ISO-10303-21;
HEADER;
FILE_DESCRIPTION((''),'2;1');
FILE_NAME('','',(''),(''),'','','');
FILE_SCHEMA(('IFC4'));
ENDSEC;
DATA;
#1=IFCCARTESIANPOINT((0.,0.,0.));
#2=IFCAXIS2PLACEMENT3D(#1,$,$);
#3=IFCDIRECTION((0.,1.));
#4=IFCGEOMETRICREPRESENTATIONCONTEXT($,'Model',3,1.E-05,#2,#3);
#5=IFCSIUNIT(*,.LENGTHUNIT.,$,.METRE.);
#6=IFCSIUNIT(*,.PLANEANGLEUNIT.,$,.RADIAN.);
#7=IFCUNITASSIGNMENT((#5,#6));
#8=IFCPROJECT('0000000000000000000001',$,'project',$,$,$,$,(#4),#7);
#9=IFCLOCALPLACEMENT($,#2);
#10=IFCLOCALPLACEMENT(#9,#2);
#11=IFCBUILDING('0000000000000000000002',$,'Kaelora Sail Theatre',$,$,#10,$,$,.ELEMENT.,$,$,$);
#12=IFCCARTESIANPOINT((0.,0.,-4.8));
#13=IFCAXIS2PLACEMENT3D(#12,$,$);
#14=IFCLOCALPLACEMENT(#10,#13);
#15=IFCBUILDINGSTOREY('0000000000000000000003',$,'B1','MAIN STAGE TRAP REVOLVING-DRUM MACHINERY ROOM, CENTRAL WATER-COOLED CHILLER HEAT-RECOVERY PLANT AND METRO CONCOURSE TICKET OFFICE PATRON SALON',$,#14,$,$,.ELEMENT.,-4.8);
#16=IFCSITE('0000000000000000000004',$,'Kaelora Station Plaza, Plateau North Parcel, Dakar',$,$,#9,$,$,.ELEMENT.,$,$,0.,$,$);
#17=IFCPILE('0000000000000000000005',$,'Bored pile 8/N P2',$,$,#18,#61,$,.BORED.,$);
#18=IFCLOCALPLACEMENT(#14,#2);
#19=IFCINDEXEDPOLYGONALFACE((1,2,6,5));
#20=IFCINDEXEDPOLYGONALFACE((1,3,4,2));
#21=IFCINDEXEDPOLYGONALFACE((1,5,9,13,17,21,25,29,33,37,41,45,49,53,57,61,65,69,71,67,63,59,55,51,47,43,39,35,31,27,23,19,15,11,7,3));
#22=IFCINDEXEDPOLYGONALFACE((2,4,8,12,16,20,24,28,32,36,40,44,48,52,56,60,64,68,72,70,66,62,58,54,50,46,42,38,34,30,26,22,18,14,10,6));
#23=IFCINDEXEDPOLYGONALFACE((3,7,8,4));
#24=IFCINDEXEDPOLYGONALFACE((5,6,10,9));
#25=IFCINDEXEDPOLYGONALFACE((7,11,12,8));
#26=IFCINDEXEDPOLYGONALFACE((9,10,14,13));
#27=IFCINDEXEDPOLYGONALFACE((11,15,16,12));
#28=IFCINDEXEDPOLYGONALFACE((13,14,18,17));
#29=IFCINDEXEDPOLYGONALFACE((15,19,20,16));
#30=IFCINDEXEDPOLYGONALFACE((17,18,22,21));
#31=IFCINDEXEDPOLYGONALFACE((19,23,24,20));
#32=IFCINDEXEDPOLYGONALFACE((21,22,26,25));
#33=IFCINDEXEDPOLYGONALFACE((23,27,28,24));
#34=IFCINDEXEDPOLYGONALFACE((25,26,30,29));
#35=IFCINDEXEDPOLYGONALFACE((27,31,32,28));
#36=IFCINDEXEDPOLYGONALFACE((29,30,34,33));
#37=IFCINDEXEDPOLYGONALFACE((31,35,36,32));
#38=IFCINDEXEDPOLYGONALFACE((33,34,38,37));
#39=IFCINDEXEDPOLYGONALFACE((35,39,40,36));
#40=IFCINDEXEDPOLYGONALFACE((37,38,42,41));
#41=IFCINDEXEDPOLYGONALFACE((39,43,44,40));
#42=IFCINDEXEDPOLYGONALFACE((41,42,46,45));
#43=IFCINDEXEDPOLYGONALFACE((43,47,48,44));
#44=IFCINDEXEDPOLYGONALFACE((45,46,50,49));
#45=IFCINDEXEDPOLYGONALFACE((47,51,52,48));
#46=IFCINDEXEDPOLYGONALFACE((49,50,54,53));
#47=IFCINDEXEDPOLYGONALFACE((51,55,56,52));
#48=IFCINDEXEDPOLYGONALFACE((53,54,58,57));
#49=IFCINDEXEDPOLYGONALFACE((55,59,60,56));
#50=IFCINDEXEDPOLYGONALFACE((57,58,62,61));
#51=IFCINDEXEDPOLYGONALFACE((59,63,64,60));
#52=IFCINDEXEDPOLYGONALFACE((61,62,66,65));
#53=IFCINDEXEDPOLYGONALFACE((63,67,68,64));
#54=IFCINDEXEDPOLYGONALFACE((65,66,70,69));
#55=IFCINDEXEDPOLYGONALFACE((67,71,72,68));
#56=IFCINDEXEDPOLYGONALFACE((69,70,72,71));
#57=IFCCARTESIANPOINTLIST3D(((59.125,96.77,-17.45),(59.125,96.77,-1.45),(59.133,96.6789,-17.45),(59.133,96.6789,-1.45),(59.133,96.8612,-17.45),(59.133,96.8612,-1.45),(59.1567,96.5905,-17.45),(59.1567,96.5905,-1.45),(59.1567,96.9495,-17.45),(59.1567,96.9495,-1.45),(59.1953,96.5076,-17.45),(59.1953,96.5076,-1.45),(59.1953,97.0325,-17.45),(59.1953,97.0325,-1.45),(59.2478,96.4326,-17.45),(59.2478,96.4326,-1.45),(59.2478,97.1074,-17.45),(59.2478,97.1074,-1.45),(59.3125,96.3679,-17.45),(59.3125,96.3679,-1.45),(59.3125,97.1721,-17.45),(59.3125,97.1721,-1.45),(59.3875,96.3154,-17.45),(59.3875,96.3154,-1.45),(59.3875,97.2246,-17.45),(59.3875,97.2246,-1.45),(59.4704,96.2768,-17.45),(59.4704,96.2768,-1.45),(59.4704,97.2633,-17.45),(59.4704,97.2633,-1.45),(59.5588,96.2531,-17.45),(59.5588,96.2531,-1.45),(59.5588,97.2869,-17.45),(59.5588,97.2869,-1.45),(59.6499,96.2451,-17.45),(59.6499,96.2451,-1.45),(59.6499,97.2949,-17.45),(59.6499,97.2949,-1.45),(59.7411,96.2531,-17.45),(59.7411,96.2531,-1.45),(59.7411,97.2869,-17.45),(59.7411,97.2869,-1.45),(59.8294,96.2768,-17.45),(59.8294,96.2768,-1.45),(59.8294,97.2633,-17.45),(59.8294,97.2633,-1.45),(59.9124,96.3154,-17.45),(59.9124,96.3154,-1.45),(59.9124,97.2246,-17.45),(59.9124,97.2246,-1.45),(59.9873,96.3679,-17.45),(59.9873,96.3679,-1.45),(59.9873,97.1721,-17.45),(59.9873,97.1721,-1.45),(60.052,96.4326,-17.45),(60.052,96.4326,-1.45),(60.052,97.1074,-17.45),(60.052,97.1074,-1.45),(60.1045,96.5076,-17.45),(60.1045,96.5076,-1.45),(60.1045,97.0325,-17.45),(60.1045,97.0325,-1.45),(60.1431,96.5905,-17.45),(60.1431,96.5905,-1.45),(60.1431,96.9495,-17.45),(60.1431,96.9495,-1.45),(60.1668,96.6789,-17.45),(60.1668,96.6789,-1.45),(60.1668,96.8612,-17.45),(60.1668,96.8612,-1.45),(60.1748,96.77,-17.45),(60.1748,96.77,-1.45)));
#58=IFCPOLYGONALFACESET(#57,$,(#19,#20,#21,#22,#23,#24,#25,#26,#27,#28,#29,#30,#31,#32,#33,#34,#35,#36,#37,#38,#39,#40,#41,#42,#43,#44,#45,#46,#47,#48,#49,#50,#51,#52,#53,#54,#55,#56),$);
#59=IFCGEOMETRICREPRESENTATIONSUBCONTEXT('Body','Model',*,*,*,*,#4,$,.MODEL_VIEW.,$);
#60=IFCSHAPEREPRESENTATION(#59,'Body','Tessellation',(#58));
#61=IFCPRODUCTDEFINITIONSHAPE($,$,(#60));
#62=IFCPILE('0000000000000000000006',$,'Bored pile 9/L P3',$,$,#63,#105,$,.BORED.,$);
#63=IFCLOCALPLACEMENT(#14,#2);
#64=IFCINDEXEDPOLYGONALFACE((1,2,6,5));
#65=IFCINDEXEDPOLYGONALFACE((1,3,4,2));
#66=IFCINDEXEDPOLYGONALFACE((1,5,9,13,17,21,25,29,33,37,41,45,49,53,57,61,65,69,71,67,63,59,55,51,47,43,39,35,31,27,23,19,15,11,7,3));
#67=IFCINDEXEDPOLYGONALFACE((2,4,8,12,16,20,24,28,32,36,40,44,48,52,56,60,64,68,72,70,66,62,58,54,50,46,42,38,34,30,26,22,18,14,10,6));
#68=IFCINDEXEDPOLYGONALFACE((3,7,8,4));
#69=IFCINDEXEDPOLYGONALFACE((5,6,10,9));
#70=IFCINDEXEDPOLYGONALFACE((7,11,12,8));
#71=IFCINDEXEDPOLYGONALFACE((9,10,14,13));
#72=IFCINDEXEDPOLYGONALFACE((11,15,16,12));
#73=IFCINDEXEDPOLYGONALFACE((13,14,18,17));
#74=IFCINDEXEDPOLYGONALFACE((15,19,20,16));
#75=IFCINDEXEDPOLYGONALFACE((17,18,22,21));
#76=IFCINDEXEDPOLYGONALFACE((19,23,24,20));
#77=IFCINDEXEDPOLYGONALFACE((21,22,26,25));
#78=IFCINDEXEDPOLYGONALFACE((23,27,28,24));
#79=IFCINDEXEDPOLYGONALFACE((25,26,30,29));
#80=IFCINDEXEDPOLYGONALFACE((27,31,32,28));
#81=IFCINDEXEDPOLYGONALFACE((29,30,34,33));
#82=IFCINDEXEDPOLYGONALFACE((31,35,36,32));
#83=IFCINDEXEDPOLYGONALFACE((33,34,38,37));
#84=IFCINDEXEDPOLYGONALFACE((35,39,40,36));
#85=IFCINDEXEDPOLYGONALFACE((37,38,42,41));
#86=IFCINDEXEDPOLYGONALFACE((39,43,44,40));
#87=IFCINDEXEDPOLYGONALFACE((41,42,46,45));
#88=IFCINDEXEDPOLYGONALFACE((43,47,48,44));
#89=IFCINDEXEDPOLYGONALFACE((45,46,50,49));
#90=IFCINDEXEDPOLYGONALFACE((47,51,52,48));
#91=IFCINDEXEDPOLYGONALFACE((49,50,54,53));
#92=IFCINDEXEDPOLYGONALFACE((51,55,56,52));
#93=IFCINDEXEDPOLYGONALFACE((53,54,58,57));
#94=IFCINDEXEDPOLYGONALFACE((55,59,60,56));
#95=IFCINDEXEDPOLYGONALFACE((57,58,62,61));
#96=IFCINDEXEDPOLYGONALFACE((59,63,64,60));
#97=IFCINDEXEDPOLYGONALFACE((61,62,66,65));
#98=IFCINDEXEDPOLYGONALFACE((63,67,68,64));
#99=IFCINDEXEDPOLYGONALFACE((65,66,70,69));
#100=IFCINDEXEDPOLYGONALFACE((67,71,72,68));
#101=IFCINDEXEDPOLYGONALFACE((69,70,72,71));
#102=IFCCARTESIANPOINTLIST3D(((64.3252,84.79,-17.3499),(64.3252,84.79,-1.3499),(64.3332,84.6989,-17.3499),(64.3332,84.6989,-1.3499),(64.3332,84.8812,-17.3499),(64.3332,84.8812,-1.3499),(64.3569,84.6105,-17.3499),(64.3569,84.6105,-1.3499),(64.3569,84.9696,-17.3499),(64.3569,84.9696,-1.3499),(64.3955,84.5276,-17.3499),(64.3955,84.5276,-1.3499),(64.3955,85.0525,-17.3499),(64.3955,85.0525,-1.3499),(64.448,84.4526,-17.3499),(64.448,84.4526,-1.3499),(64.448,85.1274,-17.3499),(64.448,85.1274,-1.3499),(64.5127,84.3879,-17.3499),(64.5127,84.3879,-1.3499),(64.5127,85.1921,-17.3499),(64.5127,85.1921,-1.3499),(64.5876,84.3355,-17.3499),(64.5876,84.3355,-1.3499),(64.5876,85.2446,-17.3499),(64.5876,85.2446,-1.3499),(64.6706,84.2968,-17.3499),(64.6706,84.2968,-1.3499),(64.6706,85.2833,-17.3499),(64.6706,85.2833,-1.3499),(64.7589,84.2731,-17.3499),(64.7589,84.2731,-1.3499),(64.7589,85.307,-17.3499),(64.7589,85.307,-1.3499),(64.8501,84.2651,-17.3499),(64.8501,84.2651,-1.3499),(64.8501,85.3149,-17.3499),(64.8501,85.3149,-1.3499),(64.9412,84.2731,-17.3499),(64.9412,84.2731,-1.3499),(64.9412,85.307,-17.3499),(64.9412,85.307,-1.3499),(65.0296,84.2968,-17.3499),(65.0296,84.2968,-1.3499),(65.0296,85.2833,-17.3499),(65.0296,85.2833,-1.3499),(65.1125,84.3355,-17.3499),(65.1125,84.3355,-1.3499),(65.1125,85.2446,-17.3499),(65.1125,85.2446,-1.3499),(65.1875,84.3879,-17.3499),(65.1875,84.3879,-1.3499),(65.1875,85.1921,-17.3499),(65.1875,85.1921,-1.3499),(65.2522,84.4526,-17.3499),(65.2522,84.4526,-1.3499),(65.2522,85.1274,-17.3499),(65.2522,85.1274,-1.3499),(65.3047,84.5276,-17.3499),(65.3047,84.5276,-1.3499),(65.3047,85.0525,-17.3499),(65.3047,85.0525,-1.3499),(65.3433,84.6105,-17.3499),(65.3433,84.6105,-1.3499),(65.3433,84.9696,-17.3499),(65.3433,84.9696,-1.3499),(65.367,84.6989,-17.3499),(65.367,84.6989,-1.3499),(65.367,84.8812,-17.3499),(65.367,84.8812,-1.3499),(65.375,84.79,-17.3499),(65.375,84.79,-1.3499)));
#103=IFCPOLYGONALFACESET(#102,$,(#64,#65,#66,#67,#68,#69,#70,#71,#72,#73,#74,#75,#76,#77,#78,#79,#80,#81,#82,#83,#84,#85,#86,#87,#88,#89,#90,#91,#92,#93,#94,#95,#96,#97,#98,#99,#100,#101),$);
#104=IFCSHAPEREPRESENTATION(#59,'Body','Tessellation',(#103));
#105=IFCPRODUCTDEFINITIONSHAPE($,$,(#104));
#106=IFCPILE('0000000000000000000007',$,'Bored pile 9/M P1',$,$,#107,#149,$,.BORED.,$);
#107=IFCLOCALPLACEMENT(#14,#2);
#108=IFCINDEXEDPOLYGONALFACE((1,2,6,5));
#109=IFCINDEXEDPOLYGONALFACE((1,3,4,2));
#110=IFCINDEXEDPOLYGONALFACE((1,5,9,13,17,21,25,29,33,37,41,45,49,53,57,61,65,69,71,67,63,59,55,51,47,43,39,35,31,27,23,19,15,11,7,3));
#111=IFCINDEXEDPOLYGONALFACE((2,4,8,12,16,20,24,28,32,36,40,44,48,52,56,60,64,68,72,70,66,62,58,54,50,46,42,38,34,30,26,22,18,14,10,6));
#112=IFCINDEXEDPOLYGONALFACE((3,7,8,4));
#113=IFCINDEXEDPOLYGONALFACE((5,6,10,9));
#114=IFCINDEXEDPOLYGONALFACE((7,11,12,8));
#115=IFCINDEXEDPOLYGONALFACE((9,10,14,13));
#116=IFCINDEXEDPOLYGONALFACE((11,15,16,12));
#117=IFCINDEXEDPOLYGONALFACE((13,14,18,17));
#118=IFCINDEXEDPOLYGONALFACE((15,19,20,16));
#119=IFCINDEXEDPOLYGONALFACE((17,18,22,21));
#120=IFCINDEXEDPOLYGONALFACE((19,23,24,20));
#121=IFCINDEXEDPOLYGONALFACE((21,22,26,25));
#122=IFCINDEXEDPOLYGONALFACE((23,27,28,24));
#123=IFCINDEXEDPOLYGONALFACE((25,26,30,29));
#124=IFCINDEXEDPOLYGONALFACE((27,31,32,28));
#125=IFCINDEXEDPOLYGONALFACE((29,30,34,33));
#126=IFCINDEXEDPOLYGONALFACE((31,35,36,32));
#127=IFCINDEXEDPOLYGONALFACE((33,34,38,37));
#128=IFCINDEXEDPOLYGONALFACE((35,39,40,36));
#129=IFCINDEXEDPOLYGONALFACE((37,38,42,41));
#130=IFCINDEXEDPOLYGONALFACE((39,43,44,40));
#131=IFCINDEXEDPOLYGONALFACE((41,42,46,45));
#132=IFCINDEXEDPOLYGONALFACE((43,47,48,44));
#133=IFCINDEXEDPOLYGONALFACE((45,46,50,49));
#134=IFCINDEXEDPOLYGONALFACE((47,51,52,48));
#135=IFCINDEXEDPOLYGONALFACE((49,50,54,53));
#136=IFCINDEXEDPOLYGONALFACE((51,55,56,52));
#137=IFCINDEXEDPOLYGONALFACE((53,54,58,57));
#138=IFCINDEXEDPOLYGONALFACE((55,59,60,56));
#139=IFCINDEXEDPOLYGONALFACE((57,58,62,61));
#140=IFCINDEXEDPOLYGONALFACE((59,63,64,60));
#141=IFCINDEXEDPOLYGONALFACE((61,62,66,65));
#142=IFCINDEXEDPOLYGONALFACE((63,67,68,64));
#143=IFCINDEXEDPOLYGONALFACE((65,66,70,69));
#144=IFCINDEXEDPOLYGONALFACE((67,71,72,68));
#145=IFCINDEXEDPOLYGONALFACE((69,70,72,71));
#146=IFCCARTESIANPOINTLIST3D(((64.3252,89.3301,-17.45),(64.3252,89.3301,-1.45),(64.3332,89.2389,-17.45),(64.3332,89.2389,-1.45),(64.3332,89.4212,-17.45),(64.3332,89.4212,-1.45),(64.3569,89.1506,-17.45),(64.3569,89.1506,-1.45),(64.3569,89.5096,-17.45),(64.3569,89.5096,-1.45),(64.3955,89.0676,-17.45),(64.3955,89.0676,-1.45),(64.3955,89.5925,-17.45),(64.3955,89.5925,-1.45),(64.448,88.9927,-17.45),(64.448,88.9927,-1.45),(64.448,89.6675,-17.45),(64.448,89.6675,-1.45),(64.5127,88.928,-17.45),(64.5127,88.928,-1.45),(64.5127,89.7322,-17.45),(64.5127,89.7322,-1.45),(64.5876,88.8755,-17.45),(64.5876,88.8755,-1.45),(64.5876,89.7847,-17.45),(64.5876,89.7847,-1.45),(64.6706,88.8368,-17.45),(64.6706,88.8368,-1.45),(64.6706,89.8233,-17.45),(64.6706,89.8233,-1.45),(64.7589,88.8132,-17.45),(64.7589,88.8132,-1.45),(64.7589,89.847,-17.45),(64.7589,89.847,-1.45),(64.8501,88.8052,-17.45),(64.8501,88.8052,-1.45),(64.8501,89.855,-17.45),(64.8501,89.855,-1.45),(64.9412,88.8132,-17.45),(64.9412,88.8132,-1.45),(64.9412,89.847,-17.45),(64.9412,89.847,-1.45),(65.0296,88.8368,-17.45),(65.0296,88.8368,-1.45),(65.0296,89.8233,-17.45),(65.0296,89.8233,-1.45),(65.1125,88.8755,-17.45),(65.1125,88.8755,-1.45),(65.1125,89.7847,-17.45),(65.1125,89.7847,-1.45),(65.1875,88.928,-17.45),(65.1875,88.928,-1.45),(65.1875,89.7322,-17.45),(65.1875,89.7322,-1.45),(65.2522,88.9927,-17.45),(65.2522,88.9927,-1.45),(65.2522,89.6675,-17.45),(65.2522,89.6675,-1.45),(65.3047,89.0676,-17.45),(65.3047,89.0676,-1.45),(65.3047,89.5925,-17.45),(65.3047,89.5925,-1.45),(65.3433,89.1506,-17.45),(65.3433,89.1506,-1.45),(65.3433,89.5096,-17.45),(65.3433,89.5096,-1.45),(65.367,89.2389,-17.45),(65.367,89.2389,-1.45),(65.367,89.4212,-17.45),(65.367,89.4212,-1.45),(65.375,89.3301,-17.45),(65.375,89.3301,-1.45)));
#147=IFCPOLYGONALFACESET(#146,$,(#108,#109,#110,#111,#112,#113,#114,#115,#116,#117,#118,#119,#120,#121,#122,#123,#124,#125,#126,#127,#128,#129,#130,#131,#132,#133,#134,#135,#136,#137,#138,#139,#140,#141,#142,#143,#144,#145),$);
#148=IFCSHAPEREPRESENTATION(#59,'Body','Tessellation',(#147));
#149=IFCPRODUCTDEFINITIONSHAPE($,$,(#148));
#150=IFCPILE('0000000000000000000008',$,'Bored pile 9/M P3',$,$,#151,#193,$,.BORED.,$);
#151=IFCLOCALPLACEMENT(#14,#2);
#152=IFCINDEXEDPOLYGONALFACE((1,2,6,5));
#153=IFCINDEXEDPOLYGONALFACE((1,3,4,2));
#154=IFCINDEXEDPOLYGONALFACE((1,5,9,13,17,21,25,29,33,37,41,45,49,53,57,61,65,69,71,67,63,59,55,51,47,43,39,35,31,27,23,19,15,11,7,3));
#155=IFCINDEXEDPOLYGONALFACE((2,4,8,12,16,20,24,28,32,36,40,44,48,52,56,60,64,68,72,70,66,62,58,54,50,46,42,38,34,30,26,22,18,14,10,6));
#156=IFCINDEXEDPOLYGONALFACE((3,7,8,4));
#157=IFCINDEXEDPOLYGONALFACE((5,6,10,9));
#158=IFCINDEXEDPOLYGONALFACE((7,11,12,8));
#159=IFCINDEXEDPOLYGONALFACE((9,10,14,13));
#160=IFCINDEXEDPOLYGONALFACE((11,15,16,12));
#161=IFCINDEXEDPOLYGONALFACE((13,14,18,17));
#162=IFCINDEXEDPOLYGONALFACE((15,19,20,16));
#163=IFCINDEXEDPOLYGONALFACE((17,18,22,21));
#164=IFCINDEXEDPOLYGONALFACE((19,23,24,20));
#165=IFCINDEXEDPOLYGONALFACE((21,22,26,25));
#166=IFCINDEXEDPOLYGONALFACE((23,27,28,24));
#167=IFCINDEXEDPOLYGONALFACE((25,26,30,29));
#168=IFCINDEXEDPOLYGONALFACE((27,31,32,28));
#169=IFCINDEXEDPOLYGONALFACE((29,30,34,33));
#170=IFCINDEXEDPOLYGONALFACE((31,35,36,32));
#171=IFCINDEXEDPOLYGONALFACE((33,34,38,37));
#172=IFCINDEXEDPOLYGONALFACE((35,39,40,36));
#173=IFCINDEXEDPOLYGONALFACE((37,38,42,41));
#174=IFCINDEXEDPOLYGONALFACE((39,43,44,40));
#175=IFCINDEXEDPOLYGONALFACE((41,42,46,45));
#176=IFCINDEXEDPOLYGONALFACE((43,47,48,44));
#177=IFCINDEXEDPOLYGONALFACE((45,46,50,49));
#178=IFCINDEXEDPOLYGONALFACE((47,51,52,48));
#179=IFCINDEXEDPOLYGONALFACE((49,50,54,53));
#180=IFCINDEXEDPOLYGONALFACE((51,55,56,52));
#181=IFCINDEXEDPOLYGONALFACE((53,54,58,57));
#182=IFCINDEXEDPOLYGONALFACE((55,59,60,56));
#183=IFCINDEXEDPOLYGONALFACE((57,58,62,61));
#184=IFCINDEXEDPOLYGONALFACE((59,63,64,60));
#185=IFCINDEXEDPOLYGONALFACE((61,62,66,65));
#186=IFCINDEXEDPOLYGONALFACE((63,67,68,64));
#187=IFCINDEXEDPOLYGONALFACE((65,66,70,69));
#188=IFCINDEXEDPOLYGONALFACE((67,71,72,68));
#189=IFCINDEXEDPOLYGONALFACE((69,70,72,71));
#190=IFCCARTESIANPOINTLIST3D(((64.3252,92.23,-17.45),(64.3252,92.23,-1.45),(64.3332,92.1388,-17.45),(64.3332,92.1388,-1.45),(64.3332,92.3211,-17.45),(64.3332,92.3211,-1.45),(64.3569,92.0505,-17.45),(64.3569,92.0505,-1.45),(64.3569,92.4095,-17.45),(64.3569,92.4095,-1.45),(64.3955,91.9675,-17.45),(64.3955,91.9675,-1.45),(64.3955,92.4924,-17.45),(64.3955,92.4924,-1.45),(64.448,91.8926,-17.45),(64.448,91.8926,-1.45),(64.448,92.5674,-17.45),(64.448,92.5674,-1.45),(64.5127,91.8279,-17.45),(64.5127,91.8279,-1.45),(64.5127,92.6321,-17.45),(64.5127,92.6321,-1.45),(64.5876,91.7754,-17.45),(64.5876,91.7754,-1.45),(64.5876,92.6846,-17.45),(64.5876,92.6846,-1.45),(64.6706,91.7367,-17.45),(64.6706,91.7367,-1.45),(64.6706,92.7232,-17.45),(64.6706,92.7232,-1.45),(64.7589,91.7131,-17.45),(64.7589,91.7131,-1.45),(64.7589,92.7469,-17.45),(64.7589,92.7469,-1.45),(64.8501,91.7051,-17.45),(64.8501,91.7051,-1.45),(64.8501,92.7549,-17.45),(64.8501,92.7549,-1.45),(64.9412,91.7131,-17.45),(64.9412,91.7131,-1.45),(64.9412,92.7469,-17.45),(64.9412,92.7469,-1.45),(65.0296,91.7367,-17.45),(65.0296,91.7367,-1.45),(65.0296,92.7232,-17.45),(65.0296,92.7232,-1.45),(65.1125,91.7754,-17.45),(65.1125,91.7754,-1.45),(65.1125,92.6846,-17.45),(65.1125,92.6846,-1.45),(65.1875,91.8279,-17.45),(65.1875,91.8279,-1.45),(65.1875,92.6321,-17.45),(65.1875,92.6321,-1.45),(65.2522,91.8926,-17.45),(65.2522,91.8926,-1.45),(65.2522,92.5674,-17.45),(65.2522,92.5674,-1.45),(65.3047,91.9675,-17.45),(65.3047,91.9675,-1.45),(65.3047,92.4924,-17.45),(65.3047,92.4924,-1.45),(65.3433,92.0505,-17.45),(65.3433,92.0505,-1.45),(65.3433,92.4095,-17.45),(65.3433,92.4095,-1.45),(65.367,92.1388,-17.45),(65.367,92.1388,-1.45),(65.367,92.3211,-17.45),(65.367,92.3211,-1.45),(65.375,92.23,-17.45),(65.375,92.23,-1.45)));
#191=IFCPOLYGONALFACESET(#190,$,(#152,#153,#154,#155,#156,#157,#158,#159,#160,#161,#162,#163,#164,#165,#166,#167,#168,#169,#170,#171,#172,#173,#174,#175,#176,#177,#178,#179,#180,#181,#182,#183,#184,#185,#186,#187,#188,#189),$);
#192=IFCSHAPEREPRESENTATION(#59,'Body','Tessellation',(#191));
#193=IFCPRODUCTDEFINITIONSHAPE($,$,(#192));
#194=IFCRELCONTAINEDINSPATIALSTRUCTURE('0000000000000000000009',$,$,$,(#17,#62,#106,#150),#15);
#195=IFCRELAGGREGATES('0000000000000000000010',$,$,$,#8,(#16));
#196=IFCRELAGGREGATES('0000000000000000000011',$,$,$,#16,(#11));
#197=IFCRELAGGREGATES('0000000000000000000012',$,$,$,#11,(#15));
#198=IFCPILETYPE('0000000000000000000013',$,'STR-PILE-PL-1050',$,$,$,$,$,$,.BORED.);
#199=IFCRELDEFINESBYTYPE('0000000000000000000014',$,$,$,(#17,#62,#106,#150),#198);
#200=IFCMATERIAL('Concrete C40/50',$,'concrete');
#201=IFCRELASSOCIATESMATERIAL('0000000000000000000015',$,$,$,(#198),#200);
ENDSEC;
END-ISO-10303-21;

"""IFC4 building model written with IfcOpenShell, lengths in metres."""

from ifc_helpers import new_model, si_unit, direction, frame, origin, origin_2d, place, context, subcontext, project, spatial, circle, extrude, material, material_profile, profile_set, type_object, element, save


model = new_model("IFC4")

# Units and contexts
model_context = context("Model", 3, precision=1e-05, world=origin(), true_north=direction((0.0, 1.0)))
body_context = subcontext(model_context, "Body", "Model", "MODEL_VIEW")
ifc_project = project(units=[si_unit("LENGTHUNIT", "METRE"), si_unit("PLANEANGLEUNIT", "RADIAN")], contexts=[model_context])

# Site, building, storey
site_placement = place(None, origin())
site = spatial("IfcSite", under=ifc_project, at=site_placement, Name="Kaelora Station Plaza, Plateau North Parcel, Dakar", CompositionType="ELEMENT", RefElevation=0.0)
building_placement = place(site_placement, origin())
building = spatial("IfcBuilding", under=site, at=building_placement, Name="Kaelora Sail Theatre", CompositionType="ELEMENT")
storey_placement = place(building_placement, frame((0.0, 0.0, -4.8)))
storey = spatial("IfcBuildingStorey", under=building, at=storey_placement, Name="B1", Description="MAIN STAGE TRAP REVOLVING-DRUM MACHINERY ROOM, CENTRAL WATER-COOLED CHILLER HEAT-RECOVERY PLANT AND METRO CONCOURSE TICKET OFFICE PATRON SALON", CompositionType="ELEMENT", Elevation=-4.8)

# Piles
ifc_material_1 = material(Name="Concrete C40/50", Category="concrete")
ifc_material_profile_1 = material_profile(ifc_material_1, circle(Radius=0.5249, at=origin_2d()), Name="PILE D1050")
ifc_profile_set_1 = profile_set([ifc_material_profile_1], Name="Concrete C40/50")
pile_type_1 = type_object("IfcPileType", Name="STR-PILE-PL-1050", PredefinedType="BORED", material=ifc_profile_set_1)
for number, where, z_axis, x_axis, name in (
    (1, (59.6499, 96.77, -1.45), (0.0, 0.0, -1.0), (1.0, 0.0, 0.0), "Bored pile 8/N P2"),
    (2, (64.8501, 84.79, -1.3499), (0.0, 0.0, -1.0), (1.0, 0.0, 0.0), "Bored pile 9/L P3"),
    (3, (64.8501, 89.3301, -1.45), (0.0, 0.0, -1.0), (1.0, 0.0, 0.0), "Bored pile 9/M P1"),
    (4, (64.8501, 92.23, -1.45), (0.0, 0.0, -1.0), (1.0, 0.0, 0.0), "Bored pile 9/M P3"),
):
    element("IfcPile", number, at=place(storey_placement, frame(where, z_axis=z_axis, x_axis=x_axis)), inside=storey, type_object=pile_type_1, Name=name, PredefinedType="BORED", context=body_context, shape_type="SweptSolid", body=[
        extrude(circle(Radius=0.5249, at=origin_2d()), origin(), (0.0, 0.0, 1.0), 16.0),
    ])

save(model, "model.ifc")
